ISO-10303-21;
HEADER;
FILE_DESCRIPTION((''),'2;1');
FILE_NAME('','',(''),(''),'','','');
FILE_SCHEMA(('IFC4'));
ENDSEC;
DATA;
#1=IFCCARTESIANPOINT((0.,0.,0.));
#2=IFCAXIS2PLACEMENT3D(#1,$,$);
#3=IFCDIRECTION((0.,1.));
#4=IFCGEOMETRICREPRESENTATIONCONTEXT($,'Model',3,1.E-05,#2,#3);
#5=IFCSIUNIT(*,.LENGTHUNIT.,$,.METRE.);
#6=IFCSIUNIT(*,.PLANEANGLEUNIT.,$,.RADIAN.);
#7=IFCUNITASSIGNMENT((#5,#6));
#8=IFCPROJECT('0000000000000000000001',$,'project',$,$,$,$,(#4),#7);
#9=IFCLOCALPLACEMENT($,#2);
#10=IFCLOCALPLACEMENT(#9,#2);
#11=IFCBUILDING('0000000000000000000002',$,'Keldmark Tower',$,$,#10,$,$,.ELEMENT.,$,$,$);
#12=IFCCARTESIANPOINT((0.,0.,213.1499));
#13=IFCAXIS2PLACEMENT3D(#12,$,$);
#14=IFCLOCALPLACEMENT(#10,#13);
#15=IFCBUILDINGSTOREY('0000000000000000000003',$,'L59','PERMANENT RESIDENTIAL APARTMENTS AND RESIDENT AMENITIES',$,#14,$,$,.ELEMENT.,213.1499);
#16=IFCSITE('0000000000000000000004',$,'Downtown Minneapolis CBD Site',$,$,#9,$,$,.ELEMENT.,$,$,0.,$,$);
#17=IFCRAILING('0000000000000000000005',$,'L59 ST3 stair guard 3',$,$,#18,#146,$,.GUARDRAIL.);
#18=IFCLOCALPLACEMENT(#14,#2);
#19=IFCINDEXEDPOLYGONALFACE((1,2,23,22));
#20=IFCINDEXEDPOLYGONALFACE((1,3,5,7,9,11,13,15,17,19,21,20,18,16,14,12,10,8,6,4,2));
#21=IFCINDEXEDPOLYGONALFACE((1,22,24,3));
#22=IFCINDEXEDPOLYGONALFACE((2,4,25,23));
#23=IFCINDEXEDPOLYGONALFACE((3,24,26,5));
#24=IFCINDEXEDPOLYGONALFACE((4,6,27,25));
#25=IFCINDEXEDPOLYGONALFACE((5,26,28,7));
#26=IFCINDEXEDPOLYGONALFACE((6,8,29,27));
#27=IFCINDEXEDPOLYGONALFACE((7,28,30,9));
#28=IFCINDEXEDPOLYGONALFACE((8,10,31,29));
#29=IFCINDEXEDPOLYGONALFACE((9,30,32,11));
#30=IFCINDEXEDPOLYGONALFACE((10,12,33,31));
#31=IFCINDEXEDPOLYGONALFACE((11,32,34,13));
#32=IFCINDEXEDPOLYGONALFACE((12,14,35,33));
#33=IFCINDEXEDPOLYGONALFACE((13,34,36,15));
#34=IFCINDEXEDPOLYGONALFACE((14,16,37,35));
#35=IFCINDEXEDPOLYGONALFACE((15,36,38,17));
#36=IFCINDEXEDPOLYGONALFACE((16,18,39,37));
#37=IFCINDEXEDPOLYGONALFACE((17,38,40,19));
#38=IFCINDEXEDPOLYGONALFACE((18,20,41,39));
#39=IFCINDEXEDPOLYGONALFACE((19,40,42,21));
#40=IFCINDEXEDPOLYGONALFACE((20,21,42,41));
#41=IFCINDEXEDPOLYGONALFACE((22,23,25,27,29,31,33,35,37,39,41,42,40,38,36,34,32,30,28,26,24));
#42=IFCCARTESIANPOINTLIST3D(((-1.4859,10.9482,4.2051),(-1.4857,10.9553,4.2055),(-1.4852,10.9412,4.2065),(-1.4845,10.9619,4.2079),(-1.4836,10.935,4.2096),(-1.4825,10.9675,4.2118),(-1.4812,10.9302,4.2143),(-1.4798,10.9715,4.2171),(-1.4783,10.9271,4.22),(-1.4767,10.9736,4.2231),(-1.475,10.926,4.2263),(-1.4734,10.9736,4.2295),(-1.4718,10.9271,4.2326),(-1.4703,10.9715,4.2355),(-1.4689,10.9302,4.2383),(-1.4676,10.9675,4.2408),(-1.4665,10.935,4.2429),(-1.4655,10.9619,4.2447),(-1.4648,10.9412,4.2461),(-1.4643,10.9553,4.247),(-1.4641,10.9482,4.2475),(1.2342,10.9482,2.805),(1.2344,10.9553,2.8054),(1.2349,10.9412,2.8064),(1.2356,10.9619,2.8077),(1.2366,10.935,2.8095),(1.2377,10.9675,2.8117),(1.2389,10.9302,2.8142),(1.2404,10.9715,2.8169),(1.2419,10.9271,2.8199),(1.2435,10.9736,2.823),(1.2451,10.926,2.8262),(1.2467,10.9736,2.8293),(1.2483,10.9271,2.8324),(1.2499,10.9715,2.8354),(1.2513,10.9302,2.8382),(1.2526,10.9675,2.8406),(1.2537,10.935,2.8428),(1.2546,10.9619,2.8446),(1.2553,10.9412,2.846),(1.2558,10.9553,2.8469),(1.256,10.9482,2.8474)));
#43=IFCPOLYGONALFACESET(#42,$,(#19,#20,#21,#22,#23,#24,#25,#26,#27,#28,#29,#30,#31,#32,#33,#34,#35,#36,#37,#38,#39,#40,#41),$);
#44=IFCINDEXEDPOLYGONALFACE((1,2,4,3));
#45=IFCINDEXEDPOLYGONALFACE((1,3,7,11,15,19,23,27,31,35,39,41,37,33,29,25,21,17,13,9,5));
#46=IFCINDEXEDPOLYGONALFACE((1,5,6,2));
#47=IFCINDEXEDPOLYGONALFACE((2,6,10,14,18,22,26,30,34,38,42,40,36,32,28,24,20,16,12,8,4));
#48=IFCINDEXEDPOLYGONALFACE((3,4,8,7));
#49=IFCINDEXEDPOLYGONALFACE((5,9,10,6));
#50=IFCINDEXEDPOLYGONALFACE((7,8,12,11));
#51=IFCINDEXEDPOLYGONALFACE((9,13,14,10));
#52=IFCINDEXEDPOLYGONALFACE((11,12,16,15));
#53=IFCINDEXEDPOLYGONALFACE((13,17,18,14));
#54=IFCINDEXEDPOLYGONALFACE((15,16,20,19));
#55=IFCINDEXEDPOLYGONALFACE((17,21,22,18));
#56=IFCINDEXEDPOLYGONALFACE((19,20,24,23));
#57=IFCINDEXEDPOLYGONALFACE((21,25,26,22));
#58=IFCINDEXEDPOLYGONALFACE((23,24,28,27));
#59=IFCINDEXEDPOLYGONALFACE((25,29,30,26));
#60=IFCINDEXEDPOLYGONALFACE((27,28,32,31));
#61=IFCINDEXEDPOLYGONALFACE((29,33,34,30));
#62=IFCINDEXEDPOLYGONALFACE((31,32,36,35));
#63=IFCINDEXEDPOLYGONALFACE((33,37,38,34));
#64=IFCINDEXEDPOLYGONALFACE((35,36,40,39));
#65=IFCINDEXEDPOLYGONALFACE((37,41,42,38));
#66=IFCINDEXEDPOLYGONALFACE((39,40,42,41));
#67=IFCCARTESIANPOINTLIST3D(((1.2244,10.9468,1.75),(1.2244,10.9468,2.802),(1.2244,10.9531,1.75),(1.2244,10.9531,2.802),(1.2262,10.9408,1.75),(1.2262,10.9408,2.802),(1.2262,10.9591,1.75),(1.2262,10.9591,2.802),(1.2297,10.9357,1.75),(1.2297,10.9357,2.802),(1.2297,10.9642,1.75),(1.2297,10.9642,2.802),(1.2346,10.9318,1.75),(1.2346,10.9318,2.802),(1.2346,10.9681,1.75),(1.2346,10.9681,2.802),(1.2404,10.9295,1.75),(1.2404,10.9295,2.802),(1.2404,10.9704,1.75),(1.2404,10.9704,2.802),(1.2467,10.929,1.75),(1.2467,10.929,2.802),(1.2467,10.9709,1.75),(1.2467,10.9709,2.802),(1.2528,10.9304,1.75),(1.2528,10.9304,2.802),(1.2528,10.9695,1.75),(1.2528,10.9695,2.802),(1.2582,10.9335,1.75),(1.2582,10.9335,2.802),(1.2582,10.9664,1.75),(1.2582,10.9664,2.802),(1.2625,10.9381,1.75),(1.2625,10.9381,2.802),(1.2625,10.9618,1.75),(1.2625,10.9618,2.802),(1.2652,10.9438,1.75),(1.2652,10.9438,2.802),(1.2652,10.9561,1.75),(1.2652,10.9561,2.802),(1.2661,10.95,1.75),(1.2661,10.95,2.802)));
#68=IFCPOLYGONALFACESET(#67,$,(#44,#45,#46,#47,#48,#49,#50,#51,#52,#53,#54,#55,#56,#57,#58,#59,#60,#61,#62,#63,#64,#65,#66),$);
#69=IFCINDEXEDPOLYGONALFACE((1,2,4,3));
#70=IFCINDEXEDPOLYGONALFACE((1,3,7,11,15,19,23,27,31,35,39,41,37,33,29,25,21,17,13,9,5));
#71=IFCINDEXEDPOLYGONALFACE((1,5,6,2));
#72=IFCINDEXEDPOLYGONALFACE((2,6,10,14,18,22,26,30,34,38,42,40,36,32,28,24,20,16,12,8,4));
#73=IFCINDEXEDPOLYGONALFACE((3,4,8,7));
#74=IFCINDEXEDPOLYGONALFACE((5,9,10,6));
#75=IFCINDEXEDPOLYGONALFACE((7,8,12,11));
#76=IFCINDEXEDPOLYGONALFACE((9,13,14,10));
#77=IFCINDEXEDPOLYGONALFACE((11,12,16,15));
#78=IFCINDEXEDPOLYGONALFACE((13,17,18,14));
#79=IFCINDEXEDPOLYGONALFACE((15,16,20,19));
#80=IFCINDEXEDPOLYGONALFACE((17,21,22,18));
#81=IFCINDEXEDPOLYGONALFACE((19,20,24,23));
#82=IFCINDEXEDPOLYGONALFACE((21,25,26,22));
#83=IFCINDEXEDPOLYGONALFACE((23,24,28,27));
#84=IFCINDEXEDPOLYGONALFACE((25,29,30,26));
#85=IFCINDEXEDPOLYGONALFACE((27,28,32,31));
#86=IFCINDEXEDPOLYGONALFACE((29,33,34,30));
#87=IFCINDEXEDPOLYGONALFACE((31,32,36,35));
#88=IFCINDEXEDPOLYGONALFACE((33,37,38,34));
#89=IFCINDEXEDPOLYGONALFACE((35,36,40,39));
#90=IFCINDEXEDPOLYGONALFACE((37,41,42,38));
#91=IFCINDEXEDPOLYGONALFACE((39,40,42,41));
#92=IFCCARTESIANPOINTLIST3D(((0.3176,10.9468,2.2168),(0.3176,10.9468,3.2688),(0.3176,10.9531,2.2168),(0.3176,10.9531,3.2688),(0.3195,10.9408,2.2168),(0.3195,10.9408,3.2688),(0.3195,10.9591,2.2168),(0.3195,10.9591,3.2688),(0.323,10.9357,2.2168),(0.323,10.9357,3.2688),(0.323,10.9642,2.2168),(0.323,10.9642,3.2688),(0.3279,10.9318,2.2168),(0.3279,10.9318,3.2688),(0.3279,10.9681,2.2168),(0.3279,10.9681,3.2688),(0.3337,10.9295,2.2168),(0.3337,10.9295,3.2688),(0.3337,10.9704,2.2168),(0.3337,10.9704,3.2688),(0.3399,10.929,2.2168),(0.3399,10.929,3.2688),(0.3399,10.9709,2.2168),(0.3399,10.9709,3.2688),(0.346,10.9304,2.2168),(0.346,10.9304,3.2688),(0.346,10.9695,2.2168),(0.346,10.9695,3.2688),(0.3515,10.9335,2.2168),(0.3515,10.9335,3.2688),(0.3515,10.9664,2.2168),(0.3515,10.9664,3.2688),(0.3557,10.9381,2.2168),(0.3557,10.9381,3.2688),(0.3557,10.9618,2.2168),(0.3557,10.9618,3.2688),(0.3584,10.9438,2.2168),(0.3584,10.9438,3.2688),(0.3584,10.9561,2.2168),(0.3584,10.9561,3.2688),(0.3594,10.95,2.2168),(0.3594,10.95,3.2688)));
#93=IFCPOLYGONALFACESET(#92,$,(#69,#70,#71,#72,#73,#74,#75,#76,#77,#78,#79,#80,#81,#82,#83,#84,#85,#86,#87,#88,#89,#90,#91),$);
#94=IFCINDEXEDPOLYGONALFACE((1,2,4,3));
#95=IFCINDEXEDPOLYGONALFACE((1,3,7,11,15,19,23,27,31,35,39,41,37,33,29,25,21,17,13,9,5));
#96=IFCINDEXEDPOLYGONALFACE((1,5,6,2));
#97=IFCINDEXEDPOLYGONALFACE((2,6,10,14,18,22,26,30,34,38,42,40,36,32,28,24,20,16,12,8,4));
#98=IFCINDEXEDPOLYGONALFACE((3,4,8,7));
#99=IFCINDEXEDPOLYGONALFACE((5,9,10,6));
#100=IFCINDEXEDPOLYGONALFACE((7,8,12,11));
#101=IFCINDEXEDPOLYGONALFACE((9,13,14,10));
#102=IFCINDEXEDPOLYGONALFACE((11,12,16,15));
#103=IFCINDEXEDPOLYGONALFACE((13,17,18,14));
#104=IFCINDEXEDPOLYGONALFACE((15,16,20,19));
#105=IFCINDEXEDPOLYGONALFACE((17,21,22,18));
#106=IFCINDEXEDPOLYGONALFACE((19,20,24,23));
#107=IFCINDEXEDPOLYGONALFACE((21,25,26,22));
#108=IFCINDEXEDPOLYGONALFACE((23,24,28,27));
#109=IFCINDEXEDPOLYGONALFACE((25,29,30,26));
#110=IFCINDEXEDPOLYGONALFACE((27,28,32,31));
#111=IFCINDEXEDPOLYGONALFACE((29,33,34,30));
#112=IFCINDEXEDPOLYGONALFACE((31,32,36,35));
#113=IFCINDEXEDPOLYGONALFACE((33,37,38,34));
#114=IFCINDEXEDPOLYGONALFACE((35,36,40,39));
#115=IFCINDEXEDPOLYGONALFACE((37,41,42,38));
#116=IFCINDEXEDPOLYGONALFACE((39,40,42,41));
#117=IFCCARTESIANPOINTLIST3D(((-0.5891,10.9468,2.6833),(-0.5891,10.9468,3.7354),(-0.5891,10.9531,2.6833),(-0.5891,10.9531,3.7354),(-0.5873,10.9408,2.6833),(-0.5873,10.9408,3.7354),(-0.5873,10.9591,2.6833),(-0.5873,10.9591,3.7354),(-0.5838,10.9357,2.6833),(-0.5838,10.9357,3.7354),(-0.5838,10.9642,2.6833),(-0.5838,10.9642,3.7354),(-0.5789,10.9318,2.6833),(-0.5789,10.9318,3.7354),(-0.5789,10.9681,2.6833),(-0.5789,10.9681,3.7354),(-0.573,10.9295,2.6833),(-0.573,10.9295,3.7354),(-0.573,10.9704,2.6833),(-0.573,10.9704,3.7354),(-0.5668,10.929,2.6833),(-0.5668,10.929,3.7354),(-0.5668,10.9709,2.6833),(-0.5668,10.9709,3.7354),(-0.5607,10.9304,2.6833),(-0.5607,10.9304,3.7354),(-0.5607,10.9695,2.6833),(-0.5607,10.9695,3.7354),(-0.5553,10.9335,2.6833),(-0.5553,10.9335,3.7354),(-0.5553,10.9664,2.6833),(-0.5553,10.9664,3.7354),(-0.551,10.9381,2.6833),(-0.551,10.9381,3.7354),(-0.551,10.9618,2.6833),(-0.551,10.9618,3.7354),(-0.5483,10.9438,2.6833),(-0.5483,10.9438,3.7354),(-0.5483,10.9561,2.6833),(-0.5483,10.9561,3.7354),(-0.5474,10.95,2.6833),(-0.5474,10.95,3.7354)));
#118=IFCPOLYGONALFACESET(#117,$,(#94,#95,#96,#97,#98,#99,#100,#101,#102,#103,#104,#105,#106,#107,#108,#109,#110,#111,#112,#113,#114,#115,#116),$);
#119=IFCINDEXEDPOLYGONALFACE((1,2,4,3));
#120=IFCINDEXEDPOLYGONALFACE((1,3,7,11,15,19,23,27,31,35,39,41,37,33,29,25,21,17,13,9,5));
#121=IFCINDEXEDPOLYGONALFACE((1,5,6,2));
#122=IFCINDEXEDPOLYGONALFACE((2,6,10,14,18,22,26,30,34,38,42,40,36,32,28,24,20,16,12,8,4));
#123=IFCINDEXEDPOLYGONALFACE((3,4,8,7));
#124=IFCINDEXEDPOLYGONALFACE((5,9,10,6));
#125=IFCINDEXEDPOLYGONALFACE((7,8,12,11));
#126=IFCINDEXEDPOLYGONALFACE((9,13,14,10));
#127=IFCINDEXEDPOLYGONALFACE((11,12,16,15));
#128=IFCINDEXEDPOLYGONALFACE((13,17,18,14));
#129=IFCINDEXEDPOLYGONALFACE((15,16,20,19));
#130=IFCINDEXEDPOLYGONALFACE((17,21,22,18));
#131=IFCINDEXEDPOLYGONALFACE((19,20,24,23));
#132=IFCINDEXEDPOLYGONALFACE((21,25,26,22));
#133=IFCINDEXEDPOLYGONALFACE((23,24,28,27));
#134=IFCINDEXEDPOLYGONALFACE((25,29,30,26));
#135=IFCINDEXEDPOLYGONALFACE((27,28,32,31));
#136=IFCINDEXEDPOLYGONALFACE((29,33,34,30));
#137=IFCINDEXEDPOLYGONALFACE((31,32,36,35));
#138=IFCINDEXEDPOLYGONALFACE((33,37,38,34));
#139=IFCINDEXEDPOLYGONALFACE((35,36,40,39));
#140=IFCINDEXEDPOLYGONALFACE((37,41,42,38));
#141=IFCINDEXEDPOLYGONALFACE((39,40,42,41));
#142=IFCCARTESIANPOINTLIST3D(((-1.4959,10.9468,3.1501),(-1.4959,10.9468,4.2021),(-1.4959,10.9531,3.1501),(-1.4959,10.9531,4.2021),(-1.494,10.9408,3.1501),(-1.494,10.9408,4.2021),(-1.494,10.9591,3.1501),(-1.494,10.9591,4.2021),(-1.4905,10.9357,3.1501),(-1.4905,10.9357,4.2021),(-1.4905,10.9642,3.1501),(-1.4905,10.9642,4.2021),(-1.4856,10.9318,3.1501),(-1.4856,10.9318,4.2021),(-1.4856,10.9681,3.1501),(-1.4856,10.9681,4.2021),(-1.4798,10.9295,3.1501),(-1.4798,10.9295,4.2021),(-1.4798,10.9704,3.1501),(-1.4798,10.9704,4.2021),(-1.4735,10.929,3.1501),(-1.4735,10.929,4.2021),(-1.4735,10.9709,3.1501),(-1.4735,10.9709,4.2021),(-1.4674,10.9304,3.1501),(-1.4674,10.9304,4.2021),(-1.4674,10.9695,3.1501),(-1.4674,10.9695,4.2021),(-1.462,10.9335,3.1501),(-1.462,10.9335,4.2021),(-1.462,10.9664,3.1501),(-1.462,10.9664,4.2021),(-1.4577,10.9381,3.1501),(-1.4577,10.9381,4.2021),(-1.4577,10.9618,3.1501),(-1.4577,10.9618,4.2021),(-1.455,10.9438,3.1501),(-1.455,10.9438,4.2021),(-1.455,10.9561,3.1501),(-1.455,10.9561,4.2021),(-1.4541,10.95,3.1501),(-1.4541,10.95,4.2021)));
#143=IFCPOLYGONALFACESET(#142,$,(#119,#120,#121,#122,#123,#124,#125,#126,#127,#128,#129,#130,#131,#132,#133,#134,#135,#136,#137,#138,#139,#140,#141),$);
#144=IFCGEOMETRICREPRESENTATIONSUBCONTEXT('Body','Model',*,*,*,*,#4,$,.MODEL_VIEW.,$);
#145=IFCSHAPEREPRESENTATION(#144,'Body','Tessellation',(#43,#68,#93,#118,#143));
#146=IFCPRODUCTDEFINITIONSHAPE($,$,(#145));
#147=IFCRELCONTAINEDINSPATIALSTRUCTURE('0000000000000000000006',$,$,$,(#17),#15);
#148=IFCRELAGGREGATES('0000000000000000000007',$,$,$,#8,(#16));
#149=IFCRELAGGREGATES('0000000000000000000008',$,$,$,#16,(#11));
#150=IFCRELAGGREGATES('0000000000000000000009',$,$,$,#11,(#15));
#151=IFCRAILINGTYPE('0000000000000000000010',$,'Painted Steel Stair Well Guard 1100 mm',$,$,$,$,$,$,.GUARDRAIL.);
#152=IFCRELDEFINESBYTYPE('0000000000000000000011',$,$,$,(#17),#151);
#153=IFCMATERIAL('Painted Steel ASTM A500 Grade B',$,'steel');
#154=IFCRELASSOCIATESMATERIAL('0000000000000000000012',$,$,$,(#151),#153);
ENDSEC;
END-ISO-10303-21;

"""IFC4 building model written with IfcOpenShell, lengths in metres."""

from ifc_helpers import new_model, si_unit, direction, frame, origin, origin_2d, place, context, subcontext, project, spatial, circle, extrude, material, type_object, element, save


model = new_model("IFC4")

# Units and contexts
model_context = context("Model", 3, precision=1e-05, world=origin(), true_north=direction((0.0, 1.0)))
body_context = subcontext(model_context, "Body", "Model", "MODEL_VIEW")
ifc_project = project(units=[si_unit("LENGTHUNIT", "METRE"), si_unit("PLANEANGLEUNIT", "RADIAN")], contexts=[model_context])

# Site, building, storey
site_placement = place(None, origin())
site = spatial("IfcSite", under=ifc_project, at=site_placement, Name="Downtown Minneapolis CBD Site", CompositionType="ELEMENT", RefElevation=0.0)
building_placement = place(site_placement, origin())
building = spatial("IfcBuilding", under=site, at=building_placement, Name="Keldmark Tower", CompositionType="ELEMENT")
storey_placement = place(building_placement, frame((0.0, 0.0, 213.1499)))
storey = spatial("IfcBuildingStorey", under=building, at=storey_placement, Name="L59", Description="PERMANENT RESIDENTIAL APARTMENTS AND RESIDENT AMENITIES", CompositionType="ELEMENT", Elevation=213.1499)

# Railing
ifc_material_1 = material(Name="Painted Steel ASTM A500 Grade B", Category="steel")
railing_type_1 = type_object("IfcRailingType", Name="Painted Steel Stair Well Guard 1100 mm", PredefinedType="GUARDRAIL", material=ifc_material_1)
railing_1_placement = place(storey_placement, frame((1.2451, 10.95, 1.75)))
element("IfcRailing", 1, at=railing_1_placement, inside=storey, type_object=railing_type_1, Name="L59 ST3 stair guard 3", PredefinedType="GUARDRAIL", context=body_context, shape_type="SweptSolid", body=[
    extrude(circle(Radius=0.0239, at=origin_2d()), frame((0.0, 0.0, 1.0762), z_axis=(-0.889131, 0.0, 0.457653), x_axis=(0.0, -1.0, 0.0)), (0.0, 0.0, 1.0), 3.0593),
    extrude(circle(Radius=0.021, at=origin_2d()), origin(), (0.0, 0.0, 1.0), 1.052),
    extrude(circle(Radius=0.021, at=origin_2d()), frame((-0.9067, 0.0, 0.4668)), (0.0, 0.0, 1.0), 1.052),
    extrude(circle(Radius=0.021, at=origin_2d()), frame((-1.8135, 0.0, 0.9333)), (0.0, 0.0, 1.0), 1.052),
    extrude(circle(Radius=0.021, at=origin_2d()), frame((-2.7202, 0.0, 1.4001)), (0.0, 0.0, 1.0), 1.052),
])

save(model, "model.ifc")
